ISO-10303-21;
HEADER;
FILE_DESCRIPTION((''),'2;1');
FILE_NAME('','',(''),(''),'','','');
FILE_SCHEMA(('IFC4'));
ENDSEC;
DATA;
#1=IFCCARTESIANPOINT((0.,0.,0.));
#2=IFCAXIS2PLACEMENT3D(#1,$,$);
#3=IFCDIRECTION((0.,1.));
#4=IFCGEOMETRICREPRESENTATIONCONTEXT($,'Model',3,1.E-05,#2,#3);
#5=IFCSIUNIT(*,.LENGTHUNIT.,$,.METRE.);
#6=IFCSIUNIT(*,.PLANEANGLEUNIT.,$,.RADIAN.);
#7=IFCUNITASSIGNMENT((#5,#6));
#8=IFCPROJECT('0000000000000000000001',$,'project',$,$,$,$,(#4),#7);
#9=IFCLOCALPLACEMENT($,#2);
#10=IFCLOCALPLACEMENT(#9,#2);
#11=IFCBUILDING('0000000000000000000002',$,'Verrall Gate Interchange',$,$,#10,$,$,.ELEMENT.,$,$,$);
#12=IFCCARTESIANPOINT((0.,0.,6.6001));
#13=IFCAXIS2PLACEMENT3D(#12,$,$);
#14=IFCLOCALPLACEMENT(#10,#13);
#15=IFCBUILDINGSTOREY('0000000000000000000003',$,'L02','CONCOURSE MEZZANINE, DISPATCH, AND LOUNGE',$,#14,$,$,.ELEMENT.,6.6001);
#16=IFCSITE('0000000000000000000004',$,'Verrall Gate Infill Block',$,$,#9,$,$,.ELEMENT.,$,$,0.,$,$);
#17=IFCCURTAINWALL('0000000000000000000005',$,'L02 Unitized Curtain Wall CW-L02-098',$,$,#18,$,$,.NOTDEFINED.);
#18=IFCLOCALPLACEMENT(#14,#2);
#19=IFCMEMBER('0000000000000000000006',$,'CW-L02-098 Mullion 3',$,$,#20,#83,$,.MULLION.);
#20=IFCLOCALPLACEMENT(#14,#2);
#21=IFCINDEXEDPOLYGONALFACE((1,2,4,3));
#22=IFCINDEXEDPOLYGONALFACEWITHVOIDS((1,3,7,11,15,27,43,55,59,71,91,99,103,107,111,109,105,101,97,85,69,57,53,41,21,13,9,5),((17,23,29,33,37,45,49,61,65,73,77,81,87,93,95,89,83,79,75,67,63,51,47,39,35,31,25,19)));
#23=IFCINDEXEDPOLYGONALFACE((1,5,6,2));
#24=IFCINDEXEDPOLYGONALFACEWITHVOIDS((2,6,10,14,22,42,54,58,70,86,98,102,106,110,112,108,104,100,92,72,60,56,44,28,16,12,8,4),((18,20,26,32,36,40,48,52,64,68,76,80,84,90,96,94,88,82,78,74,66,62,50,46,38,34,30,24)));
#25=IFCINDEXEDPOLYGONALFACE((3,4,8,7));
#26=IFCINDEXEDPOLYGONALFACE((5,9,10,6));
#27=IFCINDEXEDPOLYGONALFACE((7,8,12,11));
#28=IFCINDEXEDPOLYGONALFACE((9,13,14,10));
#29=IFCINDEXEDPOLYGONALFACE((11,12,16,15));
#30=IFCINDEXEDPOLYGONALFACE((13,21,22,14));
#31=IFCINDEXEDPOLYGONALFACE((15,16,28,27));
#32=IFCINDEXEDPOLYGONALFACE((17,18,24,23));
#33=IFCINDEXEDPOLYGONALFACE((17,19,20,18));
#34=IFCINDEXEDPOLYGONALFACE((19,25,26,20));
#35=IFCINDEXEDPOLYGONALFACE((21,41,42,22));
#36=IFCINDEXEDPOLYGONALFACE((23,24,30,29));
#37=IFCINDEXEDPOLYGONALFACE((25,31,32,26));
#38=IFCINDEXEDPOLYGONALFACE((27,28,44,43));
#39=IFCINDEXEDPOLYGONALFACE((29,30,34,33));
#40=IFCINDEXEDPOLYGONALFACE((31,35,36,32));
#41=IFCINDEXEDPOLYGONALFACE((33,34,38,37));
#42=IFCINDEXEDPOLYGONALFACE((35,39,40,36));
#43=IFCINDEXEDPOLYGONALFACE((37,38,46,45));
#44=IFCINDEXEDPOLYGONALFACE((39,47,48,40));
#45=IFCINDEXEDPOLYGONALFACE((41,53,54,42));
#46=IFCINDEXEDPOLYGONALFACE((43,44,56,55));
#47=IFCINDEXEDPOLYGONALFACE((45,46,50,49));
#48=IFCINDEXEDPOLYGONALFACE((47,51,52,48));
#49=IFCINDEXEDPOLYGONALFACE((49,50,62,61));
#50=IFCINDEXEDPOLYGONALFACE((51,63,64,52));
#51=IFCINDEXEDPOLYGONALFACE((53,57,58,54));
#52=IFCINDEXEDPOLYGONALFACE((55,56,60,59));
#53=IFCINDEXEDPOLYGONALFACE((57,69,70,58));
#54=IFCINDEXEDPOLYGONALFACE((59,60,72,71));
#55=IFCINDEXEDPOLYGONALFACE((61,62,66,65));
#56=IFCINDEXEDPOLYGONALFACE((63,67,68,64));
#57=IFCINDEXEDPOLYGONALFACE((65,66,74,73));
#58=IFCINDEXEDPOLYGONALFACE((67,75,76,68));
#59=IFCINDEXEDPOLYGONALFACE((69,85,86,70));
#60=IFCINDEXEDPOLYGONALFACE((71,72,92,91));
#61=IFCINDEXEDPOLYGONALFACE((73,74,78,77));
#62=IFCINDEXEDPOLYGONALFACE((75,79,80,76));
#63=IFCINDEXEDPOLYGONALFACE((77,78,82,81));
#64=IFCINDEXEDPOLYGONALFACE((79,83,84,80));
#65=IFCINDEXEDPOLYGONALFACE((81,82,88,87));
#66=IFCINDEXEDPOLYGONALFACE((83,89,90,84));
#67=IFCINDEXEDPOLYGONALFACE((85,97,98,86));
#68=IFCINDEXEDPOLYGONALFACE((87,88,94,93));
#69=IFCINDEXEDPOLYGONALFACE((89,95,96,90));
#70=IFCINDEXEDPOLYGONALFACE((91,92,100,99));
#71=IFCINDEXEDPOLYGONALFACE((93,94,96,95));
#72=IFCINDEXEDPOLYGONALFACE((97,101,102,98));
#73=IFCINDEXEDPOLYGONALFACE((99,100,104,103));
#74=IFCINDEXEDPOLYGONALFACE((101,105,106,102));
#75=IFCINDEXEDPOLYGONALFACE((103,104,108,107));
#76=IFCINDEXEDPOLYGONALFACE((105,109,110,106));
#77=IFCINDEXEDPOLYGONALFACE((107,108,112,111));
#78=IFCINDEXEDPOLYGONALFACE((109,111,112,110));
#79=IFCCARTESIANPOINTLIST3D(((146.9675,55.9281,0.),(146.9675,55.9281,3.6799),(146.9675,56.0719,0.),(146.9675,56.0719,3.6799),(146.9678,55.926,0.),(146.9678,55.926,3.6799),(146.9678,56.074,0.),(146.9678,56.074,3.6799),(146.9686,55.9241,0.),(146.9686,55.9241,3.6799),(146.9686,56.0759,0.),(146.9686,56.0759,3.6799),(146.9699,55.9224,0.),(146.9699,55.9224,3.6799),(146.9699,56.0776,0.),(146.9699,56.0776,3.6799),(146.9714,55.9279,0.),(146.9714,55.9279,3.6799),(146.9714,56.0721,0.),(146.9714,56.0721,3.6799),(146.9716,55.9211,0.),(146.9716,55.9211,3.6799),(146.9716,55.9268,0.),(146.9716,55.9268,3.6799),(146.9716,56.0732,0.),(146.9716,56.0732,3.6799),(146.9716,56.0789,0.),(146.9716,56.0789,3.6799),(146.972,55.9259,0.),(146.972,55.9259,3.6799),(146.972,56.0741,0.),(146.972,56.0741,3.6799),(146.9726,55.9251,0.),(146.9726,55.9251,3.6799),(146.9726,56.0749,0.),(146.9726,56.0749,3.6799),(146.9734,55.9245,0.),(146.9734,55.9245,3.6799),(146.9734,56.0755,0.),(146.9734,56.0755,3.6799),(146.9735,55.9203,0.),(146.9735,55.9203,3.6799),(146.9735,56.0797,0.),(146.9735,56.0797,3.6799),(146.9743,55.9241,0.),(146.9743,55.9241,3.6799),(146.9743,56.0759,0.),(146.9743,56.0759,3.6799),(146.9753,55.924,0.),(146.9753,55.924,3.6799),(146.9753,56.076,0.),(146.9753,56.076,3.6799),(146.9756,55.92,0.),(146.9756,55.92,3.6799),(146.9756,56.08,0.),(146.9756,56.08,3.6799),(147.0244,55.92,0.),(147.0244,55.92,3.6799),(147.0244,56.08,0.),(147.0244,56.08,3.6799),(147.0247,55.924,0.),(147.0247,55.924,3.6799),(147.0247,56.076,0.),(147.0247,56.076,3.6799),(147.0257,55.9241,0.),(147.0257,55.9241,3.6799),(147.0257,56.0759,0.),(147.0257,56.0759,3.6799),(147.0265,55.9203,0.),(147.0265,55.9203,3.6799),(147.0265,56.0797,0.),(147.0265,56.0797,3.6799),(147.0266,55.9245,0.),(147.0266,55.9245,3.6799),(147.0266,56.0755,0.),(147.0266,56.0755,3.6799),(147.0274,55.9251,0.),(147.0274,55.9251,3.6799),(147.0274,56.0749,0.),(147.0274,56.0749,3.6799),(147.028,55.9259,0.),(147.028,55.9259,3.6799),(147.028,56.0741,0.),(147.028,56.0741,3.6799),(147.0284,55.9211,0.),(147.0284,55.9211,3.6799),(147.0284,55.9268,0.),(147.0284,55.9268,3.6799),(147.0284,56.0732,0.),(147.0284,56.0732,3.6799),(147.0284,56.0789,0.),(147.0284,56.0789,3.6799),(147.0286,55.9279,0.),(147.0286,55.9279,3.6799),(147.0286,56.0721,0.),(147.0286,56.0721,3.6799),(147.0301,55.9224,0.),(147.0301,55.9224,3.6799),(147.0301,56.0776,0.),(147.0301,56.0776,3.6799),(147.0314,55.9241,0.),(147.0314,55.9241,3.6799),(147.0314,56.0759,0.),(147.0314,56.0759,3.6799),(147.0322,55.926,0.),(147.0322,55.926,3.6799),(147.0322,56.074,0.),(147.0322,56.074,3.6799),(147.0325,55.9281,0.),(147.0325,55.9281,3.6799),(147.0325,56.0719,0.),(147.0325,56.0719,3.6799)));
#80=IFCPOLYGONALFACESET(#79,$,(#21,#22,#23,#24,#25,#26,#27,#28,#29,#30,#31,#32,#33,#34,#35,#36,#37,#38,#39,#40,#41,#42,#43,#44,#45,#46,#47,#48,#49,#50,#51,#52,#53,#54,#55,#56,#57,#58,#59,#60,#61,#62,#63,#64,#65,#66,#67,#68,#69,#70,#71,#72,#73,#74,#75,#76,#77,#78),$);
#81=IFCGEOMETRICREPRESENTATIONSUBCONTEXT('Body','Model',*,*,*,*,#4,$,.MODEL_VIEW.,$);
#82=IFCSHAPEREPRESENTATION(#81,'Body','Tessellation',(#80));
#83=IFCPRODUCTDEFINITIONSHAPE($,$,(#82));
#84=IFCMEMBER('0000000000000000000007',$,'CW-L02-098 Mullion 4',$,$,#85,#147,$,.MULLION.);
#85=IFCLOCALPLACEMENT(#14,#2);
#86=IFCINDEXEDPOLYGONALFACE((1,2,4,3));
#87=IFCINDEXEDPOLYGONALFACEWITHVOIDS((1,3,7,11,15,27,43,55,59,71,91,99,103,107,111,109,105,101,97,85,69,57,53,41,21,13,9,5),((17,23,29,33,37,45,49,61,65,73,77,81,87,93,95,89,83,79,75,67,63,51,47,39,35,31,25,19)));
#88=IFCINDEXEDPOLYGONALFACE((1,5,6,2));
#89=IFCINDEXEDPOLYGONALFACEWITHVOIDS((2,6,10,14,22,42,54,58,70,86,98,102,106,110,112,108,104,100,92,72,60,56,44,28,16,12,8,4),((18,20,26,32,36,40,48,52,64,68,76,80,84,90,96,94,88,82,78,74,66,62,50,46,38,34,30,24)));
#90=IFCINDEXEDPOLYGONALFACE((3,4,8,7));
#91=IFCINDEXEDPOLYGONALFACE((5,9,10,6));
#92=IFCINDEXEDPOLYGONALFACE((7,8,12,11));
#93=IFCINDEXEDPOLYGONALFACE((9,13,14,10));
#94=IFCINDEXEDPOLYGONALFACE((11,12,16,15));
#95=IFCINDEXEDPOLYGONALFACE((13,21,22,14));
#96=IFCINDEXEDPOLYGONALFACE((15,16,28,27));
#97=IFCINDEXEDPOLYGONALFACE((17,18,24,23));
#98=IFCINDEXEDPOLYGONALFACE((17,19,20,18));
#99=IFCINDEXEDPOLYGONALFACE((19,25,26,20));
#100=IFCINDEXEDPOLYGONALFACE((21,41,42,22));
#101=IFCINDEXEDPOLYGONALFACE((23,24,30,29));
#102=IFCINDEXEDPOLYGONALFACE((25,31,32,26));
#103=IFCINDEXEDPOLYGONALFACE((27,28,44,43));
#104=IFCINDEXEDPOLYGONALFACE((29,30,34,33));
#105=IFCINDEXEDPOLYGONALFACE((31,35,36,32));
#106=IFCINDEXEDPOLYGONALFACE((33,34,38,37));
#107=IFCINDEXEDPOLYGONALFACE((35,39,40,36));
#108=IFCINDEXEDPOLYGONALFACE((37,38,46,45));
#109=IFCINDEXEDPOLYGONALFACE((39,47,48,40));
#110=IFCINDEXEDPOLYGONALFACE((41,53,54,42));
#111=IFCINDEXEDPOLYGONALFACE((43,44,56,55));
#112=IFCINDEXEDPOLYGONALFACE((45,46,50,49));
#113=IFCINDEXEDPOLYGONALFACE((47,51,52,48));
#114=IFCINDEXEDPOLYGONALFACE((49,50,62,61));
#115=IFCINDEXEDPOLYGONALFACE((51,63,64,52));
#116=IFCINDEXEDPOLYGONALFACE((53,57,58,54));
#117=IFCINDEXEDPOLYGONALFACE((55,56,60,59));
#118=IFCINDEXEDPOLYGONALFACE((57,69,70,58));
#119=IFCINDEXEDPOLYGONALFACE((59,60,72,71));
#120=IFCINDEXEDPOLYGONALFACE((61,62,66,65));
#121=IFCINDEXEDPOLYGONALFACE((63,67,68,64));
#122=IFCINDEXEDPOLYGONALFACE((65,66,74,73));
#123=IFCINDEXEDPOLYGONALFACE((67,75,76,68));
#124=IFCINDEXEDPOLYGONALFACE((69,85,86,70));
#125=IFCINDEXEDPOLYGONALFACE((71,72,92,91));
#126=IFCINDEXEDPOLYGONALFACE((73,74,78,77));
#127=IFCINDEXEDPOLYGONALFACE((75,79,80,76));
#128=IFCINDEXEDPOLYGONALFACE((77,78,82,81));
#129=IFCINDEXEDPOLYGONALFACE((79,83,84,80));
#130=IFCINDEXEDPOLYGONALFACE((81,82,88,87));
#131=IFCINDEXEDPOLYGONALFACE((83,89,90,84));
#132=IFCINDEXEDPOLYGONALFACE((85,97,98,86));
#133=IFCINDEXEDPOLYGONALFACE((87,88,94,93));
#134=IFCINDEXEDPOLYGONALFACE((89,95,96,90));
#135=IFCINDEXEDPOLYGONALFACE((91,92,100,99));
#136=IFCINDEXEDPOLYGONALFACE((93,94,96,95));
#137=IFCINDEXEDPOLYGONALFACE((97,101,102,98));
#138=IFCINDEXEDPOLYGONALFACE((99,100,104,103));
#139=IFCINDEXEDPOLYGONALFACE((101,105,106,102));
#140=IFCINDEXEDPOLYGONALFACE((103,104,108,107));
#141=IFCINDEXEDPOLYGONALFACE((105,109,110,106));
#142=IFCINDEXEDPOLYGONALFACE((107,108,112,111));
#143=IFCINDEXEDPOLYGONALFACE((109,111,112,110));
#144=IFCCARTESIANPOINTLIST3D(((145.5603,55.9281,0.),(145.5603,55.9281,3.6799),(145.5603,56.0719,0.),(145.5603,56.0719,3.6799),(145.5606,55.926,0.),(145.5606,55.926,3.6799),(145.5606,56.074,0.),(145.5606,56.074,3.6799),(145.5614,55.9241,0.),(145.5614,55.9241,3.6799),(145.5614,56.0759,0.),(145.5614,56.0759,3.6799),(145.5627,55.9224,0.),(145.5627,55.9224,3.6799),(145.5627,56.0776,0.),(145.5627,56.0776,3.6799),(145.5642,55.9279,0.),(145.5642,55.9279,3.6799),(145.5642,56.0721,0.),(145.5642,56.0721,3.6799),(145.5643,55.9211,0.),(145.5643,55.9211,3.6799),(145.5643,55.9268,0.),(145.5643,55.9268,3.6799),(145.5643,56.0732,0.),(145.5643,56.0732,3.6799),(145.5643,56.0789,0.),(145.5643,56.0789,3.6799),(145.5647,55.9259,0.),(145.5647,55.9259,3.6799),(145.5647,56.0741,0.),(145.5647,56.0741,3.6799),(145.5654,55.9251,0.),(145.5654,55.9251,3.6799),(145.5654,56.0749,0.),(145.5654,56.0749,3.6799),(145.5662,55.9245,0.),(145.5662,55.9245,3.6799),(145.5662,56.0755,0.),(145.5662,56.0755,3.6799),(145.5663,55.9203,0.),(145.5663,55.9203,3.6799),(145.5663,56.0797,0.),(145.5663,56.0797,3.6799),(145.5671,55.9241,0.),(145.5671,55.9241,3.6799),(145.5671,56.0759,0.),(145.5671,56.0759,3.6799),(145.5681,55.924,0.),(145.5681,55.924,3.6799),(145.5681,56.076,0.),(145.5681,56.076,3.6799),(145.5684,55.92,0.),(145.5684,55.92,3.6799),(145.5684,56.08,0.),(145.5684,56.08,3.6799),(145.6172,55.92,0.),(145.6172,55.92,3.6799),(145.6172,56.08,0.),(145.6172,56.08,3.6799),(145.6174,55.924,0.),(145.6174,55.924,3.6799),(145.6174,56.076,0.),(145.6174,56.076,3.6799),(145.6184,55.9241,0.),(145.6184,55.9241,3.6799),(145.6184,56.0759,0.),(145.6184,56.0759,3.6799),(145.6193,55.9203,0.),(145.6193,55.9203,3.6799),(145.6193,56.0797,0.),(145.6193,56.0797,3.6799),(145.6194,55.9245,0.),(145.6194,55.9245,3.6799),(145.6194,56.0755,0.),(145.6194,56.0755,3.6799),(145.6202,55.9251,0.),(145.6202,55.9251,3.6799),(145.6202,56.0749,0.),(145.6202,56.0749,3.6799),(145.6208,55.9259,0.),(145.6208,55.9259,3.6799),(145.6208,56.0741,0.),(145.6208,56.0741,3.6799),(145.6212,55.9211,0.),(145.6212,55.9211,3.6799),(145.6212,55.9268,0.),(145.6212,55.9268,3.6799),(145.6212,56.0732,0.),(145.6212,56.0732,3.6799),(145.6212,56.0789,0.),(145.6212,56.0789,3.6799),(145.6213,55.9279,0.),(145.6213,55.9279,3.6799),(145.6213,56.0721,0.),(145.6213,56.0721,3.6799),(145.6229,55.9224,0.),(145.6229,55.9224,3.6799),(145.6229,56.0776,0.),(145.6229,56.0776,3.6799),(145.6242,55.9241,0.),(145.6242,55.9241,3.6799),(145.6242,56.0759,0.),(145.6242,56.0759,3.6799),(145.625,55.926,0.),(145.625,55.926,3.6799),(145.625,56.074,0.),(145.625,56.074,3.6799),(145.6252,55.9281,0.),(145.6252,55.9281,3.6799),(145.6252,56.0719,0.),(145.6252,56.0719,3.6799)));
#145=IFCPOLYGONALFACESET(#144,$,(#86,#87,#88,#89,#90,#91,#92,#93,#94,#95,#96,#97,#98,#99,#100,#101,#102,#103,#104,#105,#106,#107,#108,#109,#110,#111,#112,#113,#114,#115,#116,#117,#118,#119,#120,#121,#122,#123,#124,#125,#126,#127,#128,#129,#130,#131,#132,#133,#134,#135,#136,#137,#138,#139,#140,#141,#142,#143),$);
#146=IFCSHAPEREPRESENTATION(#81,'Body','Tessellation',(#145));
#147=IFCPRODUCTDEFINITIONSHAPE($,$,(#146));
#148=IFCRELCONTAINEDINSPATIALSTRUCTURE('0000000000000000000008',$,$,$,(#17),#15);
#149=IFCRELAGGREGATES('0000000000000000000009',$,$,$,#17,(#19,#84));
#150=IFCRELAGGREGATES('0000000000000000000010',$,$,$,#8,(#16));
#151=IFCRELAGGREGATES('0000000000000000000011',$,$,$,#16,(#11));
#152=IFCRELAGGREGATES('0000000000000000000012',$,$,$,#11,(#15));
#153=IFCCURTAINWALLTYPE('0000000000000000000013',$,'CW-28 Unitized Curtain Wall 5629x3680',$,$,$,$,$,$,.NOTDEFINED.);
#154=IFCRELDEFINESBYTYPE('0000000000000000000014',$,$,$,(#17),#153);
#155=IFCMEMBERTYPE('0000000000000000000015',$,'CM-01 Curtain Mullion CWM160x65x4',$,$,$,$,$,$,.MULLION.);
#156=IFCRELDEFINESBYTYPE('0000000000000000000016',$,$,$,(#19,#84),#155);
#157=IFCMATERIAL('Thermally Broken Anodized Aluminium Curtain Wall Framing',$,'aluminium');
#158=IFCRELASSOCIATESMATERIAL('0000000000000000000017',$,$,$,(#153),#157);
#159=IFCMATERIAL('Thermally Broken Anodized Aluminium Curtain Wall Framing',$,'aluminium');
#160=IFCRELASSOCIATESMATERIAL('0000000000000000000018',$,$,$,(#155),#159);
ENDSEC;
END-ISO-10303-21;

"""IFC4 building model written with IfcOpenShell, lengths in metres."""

from ifc_helpers import new_model, si_unit, direction, frame, origin, origin_2d, place, context, subcontext, project, spatial, hollow_rectangle, extrude, material, material_profile, profile_set, type_object, element, aggregate, save


model = new_model("IFC4")

# Units and contexts
model_context = context("Model", 3, precision=1e-05, world=origin(), true_north=direction((0.0, 1.0)))
body_context = subcontext(model_context, "Body", "Model", "MODEL_VIEW")
ifc_project = project(units=[si_unit("LENGTHUNIT", "METRE"), si_unit("PLANEANGLEUNIT", "RADIAN")], contexts=[model_context])

# Site, building, storey
site_placement = place(None, origin())
site = spatial("IfcSite", under=ifc_project, at=site_placement, Name="Verrall Gate Infill Block", CompositionType="ELEMENT", RefElevation=0.0)
building_placement = place(site_placement, origin())
building = spatial("IfcBuilding", under=site, at=building_placement, Name="Verrall Gate Interchange", CompositionType="ELEMENT")
storey_placement = place(building_placement, frame((0.0, 0.0, 6.6001)))
storey = spatial("IfcBuildingStorey", under=building, at=storey_placement, Name="L02", Description="CONCOURSE MEZZANINE, DISPATCH, AND LOUNGE", CompositionType="ELEMENT", Elevation=6.6001)

# Curtain wall, members
ifc_material_1 = material(Name="Thermally Broken Anodized Aluminium Curtain Wall Framing", Category="aluminium")
curtain_wall_type = type_object("IfcCurtainWallType", Name="CW-28 Unitized Curtain Wall 5629x3680", PredefinedType="NOTDEFINED", material=ifc_material_1)
curtain_wall_1_placement = place(storey_placement, origin())
curtain_wall_1 = element("IfcCurtainWall", 1, at=curtain_wall_1_placement, inside=storey, type_object=curtain_wall_type, Name="L02 Unitized Curtain Wall CW-L02-098", PredefinedType="NOTDEFINED")
ifc_material_2 = material(Name="Thermally Broken Anodized Aluminium Curtain Wall Framing", Category="aluminium")
ifc_material_profile_1 = material_profile(ifc_material_2, hollow_rectangle(XDim=0.0649, YDim=0.1599, WallThickness=0.0039, InnerFilletRadius=0.0039, OuterFilletRadius=0.0081, at=origin_2d()), Name="CWM160x65x4")
ifc_profile_set_1 = profile_set([ifc_material_profile_1], Name="Thermally Broken Anodized Aluminium Curtain Wall Framing")
member_type_1 = type_object("IfcMemberType", Name="CM-01 Curtain Mullion CWM160x65x4", PredefinedType="MULLION", material=ifc_profile_set_1)
member_1_placement = place(storey_placement, frame((147.0, 56.0, 0.0), z_axis=(0.0, 0.0, 1.0), x_axis=(-1.0, 0.0, 0.0)))
member_1 = element("IfcMember", 2, at=member_1_placement, type_object=member_type_1, Name="CW-L02-098 Mullion 3", PredefinedType="MULLION", context=body_context, shape_type="SweptSolid", body=[
    extrude(hollow_rectangle(XDim=0.0649, YDim=0.1599, WallThickness=0.0039, InnerFilletRadius=0.0039, OuterFilletRadius=0.0081, at=origin_2d()), origin(), (0.0, 0.0, 1.0), 3.6799),
])
member_2_placement = place(storey_placement, frame((145.5928, 56.0, 0.0), z_axis=(0.0, 0.0, 1.0), x_axis=(-1.0, 0.0, 0.0)))
member_2 = element("IfcMember", 3, at=member_2_placement, type_object=member_type_1, Name="CW-L02-098 Mullion 4", PredefinedType="MULLION", context=body_context, shape_type="SweptSolid", body=[
    extrude(hollow_rectangle(XDim=0.0649, YDim=0.1599, WallThickness=0.0039, InnerFilletRadius=0.0039, OuterFilletRadius=0.0081, at=origin_2d()), origin(), (0.0, 0.0, 1.0), 3.6799),
])

aggregate(curtain_wall_1, [member_1, member_2])

save(model, "model.ifc")
